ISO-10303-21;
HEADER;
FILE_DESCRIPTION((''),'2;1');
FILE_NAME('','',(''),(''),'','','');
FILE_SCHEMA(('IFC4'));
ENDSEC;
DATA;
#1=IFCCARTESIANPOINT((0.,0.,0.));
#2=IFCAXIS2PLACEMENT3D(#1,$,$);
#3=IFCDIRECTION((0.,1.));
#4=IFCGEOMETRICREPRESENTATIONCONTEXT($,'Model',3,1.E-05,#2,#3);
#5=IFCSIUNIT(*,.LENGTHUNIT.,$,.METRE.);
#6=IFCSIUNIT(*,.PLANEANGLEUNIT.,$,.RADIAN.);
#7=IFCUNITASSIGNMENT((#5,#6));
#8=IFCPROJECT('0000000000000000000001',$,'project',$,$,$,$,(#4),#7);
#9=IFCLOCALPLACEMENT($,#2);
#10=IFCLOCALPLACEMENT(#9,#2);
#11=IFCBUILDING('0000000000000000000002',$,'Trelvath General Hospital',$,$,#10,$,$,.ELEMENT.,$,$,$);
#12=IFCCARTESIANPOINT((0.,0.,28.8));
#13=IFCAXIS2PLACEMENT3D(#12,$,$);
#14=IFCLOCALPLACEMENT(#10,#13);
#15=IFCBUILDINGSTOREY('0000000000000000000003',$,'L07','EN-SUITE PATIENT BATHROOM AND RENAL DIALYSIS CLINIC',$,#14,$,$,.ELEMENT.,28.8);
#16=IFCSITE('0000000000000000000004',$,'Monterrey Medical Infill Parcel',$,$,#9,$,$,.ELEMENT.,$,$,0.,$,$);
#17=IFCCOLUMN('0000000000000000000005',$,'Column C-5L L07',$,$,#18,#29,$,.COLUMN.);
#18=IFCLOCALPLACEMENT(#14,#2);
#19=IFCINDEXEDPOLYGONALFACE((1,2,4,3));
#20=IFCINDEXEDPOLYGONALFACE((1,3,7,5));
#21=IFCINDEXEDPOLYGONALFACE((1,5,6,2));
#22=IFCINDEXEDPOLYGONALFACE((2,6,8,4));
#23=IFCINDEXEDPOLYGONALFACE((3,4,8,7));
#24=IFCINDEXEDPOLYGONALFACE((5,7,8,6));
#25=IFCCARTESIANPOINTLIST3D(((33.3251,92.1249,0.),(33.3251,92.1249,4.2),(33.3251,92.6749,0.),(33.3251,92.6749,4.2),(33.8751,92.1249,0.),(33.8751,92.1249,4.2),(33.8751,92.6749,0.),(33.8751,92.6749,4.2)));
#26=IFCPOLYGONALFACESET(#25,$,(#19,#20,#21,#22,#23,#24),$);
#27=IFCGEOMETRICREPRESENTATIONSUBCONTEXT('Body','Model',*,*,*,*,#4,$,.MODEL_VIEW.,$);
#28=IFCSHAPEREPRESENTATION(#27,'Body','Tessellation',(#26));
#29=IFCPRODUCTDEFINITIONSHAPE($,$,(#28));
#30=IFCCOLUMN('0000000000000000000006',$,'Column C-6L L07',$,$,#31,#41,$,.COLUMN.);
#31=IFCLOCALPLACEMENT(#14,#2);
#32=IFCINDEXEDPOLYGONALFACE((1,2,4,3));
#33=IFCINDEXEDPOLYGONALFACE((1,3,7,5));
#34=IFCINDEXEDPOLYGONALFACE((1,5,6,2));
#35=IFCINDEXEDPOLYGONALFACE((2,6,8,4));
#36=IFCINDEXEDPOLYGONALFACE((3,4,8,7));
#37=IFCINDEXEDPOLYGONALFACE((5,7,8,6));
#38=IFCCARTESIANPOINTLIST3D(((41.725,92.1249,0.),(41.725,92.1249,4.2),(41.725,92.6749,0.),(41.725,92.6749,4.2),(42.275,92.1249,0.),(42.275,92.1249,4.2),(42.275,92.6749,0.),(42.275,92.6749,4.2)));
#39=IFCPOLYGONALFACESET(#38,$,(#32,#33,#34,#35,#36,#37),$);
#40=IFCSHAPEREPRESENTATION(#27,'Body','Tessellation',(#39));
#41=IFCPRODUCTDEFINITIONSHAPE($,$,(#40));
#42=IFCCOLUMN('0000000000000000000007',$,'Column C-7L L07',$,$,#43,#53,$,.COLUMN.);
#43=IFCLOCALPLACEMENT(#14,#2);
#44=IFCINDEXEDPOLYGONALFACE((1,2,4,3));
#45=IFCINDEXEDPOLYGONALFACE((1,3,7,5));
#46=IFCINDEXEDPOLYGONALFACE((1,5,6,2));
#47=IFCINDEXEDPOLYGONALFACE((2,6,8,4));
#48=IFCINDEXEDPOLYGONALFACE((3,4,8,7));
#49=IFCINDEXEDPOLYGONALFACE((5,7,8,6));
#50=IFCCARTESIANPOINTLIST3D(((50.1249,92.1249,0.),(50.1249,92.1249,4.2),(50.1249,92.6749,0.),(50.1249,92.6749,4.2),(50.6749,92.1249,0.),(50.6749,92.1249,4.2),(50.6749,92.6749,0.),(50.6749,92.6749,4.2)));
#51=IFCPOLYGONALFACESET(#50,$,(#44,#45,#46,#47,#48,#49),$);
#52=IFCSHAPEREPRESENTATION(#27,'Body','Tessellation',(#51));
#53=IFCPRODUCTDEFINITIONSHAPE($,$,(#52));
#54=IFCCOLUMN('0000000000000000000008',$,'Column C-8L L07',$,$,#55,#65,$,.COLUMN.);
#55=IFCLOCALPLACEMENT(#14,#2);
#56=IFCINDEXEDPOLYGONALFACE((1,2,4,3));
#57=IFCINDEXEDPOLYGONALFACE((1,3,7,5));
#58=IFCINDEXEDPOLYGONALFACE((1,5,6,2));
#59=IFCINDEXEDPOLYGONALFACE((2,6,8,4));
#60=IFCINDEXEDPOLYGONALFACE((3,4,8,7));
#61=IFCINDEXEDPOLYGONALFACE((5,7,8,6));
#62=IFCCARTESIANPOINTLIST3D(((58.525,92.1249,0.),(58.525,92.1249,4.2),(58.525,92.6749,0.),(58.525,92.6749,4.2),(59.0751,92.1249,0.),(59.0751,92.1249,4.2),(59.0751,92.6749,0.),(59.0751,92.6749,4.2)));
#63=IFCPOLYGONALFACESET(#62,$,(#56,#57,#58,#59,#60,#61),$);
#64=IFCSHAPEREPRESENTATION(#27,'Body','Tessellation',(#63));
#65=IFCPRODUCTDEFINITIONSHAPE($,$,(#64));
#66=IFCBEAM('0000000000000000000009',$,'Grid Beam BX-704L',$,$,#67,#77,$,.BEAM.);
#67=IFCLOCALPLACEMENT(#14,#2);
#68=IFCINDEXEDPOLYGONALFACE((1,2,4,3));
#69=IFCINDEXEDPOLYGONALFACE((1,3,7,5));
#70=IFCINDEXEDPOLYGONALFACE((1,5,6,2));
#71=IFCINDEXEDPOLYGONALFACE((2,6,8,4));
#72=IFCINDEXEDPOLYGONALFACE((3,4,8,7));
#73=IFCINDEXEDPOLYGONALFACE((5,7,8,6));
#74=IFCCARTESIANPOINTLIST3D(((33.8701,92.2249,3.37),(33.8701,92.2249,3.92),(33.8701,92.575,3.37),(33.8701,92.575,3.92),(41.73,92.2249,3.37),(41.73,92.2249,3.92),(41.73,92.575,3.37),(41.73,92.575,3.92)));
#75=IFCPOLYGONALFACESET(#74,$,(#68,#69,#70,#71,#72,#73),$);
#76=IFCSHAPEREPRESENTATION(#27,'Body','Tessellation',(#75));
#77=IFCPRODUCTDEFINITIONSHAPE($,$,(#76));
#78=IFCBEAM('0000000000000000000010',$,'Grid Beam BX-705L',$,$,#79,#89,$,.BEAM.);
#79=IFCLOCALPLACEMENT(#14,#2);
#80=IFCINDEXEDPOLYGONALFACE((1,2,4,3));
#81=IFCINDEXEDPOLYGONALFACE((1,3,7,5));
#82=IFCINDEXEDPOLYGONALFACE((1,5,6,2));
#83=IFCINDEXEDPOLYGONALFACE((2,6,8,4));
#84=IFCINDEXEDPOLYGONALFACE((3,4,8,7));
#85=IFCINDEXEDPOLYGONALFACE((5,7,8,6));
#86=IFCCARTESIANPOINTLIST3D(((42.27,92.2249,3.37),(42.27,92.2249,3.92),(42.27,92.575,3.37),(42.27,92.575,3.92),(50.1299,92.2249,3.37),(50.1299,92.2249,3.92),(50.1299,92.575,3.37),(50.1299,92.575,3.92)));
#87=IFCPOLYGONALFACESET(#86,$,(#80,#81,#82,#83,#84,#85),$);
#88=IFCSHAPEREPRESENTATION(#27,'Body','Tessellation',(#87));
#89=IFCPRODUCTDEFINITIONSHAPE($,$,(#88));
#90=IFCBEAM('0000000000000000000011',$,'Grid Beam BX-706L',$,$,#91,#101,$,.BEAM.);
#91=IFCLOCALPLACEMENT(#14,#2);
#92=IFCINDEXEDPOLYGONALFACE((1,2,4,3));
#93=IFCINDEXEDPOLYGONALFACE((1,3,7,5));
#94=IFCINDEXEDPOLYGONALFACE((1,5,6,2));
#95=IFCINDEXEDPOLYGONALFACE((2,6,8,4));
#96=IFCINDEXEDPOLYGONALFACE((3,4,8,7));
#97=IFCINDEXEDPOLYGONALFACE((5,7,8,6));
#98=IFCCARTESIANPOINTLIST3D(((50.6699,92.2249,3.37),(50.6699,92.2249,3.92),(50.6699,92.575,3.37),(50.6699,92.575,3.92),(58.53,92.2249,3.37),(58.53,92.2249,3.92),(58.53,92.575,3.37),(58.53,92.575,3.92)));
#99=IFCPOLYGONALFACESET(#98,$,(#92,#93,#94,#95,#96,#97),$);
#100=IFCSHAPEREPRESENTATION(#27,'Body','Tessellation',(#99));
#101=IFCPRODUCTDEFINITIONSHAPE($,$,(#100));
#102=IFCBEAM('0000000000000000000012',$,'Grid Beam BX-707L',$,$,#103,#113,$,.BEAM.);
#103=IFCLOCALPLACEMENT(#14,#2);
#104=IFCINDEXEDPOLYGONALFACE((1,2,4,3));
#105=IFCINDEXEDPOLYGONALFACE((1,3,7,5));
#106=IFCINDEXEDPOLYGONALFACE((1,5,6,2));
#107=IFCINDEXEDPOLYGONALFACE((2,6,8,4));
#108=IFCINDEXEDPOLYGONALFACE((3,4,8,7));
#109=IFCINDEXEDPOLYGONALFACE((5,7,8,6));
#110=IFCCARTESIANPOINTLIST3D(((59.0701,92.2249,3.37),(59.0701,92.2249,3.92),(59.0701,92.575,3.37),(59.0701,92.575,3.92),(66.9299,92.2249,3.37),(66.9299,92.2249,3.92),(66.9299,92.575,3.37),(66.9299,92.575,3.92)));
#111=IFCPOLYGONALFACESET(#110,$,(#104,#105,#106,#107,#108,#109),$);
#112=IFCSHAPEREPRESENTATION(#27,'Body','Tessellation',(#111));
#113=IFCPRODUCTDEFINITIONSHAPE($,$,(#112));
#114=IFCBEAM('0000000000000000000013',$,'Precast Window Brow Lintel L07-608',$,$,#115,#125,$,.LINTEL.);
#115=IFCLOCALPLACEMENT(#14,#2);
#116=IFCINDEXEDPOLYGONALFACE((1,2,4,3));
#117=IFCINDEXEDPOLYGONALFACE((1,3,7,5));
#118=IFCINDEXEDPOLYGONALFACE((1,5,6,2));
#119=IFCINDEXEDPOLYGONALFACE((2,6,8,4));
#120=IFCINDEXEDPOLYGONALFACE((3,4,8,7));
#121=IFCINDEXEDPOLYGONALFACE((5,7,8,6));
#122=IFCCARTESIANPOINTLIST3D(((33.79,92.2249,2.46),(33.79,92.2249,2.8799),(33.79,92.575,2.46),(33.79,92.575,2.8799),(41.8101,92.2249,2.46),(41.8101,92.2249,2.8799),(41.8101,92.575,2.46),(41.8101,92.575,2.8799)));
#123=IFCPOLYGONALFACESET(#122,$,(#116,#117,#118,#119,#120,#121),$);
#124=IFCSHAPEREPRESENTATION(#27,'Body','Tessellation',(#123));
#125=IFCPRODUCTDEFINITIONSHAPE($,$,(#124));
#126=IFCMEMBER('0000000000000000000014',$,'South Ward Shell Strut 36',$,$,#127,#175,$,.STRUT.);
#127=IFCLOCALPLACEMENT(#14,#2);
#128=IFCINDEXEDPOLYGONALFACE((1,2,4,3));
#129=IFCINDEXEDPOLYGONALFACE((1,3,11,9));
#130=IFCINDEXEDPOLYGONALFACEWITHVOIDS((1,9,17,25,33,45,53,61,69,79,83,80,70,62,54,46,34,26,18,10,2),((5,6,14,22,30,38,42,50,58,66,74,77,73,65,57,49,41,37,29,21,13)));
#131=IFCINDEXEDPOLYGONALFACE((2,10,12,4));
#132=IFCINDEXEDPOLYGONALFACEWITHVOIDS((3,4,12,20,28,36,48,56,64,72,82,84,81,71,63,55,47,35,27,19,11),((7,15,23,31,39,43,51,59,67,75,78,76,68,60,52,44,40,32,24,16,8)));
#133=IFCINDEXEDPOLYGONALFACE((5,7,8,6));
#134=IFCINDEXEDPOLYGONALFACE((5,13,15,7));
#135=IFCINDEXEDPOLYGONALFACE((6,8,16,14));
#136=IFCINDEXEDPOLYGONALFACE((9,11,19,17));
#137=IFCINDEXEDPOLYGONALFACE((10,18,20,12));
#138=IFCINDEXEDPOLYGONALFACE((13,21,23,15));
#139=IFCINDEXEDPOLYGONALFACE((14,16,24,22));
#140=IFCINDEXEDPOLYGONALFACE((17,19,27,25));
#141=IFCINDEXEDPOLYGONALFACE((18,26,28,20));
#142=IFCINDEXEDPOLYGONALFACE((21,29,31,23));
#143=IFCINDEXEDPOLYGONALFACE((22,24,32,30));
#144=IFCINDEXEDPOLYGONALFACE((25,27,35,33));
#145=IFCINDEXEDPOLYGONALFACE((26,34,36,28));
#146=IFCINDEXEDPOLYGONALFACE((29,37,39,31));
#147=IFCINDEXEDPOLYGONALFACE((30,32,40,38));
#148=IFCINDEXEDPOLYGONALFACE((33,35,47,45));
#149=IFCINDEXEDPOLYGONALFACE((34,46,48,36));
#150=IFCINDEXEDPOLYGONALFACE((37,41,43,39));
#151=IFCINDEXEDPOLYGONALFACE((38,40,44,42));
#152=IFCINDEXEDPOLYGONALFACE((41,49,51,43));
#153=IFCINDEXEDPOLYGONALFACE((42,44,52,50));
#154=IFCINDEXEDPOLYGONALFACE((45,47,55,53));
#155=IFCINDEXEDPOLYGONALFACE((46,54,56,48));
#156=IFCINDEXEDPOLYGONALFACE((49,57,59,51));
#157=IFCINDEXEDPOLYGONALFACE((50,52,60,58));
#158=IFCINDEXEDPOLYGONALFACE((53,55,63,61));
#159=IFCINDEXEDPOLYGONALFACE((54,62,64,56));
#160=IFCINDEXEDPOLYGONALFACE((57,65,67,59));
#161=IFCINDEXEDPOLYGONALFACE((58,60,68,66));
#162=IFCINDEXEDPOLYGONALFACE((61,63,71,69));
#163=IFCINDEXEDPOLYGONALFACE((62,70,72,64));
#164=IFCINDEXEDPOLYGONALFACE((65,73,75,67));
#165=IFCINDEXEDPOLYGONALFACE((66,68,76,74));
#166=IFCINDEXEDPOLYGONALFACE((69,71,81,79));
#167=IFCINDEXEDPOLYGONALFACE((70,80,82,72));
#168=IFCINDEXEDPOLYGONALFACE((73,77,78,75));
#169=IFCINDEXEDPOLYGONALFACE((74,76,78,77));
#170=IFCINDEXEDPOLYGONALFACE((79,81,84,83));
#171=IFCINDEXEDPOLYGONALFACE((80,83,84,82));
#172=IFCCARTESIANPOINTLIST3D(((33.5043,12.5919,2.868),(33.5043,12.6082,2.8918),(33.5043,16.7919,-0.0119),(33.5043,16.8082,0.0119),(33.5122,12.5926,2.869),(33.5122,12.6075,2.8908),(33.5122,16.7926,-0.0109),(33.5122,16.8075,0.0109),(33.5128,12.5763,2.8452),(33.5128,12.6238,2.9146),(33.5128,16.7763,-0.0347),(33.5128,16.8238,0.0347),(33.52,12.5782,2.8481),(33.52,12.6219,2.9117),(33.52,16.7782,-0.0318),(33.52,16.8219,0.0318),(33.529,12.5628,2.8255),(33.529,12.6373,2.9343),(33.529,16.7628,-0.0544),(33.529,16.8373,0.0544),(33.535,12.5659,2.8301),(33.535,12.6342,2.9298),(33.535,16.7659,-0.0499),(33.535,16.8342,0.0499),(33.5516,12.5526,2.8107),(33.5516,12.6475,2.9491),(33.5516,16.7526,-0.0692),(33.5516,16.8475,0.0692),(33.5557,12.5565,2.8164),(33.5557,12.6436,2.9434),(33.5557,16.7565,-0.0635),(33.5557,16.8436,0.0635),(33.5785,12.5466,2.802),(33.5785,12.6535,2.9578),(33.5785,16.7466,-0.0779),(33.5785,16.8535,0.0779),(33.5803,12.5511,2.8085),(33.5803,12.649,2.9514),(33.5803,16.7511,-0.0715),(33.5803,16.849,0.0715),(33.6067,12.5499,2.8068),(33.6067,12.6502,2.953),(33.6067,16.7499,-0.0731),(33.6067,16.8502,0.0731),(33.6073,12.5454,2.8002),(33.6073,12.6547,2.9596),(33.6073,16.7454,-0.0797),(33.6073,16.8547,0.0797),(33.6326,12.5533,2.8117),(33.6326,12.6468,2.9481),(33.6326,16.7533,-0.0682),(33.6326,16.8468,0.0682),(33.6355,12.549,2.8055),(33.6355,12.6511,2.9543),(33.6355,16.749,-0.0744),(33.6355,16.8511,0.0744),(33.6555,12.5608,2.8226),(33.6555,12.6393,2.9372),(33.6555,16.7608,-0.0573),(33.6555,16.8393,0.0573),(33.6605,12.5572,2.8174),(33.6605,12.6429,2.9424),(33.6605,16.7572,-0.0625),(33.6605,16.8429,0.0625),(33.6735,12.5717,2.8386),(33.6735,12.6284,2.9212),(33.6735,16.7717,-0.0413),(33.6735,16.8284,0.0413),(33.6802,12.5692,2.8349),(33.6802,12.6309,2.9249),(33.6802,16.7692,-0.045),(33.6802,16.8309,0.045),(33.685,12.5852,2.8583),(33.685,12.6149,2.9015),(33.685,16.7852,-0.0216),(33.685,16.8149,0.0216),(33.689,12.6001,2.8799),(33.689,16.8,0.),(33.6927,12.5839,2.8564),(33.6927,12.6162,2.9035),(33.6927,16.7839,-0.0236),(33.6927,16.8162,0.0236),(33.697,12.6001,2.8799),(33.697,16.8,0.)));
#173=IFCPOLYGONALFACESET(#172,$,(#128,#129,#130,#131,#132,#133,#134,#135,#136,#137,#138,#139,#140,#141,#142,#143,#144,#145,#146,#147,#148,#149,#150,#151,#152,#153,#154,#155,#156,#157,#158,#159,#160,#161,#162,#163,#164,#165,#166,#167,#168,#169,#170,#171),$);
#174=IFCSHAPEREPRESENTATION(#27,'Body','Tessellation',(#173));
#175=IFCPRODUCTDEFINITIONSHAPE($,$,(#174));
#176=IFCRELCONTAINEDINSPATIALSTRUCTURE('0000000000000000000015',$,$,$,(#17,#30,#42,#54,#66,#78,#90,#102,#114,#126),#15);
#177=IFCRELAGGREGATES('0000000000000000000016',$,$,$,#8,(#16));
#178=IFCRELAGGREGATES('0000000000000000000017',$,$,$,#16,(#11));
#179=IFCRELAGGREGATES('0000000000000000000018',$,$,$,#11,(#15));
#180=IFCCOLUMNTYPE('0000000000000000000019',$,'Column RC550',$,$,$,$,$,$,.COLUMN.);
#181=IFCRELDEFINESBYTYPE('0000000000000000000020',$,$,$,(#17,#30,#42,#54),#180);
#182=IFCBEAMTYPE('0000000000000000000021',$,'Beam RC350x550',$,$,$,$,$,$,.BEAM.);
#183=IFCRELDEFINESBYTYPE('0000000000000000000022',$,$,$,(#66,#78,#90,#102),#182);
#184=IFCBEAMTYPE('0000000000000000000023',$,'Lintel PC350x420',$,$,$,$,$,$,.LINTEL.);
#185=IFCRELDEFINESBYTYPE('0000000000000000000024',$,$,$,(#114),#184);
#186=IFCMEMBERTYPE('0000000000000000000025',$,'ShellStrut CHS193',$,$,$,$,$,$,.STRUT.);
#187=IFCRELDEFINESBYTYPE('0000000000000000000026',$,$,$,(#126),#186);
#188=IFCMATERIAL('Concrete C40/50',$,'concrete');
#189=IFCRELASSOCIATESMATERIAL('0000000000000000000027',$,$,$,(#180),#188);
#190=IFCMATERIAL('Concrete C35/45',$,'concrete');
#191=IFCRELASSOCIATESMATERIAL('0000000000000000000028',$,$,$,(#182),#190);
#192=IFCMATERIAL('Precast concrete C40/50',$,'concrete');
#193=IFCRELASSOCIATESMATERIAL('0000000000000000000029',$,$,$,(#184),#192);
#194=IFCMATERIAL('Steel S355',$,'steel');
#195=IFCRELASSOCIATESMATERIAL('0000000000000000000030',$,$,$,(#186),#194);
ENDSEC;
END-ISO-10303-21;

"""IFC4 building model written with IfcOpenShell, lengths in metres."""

from ifc_helpers import new_model, si_unit, direction, frame, origin, origin_2d, place, context, subcontext, project, spatial, rectangle, hollow_circle, extrude, material, material_profile, profile_set, type_object, element, save


model = new_model("IFC4")

# Units and contexts
model_context = context("Model", 3, precision=1e-05, world=origin(), true_north=direction((0.0, 1.0)))
body_context = subcontext(model_context, "Body", "Model", "MODEL_VIEW")
ifc_project = project(units=[si_unit("LENGTHUNIT", "METRE"), si_unit("PLANEANGLEUNIT", "RADIAN")], contexts=[model_context])

# Site, building, storey
site_placement = place(None, origin())
site = spatial("IfcSite", under=ifc_project, at=site_placement, Name="Monterrey Medical Infill Parcel", CompositionType="ELEMENT", RefElevation=0.0)
building_placement = place(site_placement, origin())
building = spatial("IfcBuilding", under=site, at=building_placement, Name="Trelvath General Hospital", CompositionType="ELEMENT")
storey_placement = place(building_placement, frame((0.0, 0.0, 28.8)))
storey = spatial("IfcBuildingStorey", under=building, at=storey_placement, Name="L07", Description="EN-SUITE PATIENT BATHROOM AND RENAL DIALYSIS CLINIC", CompositionType="ELEMENT", Elevation=28.8)

# Columns
ifc_material_1 = material(Name="Concrete C40/50", Category="concrete")
ifc_material_profile_1 = material_profile(ifc_material_1, rectangle(XDim=0.55, YDim=0.55, at=origin_2d()), Name="RC550x550")
ifc_profile_set_1 = profile_set([ifc_material_profile_1], Name="Concrete C40/50")
column_type = type_object("IfcColumnType", Name="Column RC550", PredefinedType="COLUMN", material=ifc_profile_set_1)
for number, where, z_axis, x_axis, name in (
    (1, (33.6001, 92.3999, 0.0), (0.0, 0.0, 1.0), (1.0, 0.0, 0.0), "Column C-5L L07"),
    (2, (42.0, 92.3999, 0.0), (0.0, 0.0, 1.0), (1.0, 0.0, 0.0), "Column C-6L L07"),
    (3, (50.3999, 92.3999, 0.0), (0.0, 0.0, 1.0), (1.0, 0.0, 0.0), "Column C-7L L07"),
    (4, (58.8, 92.3999, 0.0), (0.0, 0.0, 1.0), (1.0, 0.0, 0.0), "Column C-8L L07"),
):
    element("IfcColumn", number, at=place(storey_placement, frame(where, z_axis=z_axis, x_axis=x_axis)), inside=storey, type_object=column_type, Name=name, PredefinedType="COLUMN", context=body_context, shape_type="SweptSolid", body=[
        extrude(rectangle(XDim=0.55, YDim=0.55, at=origin_2d()), origin(), (0.0, 0.0, 1.0), 4.2),
    ])

# Beams
ifc_material_2 = material(Name="Concrete C35/45", Category="concrete")
ifc_material_profile_2 = material_profile(ifc_material_2, rectangle(XDim=0.3501, YDim=0.55, at=origin_2d()), Name="RCB350x550")
ifc_profile_set_2 = profile_set([ifc_material_profile_2], Name="Concrete C35/45")
beam_type_1 = type_object("IfcBeamType", Name="Beam RC350x550", PredefinedType="BEAM", material=ifc_profile_set_2)
for number, where, z_axis, x_axis, name in (
    (5, (33.8701, 92.3999, 3.645), (1.0, 0.0, 0.0), (0.0, 1.0, 0.0), "Grid Beam BX-704L"),
    (6, (42.27, 92.3999, 3.645), (1.0, 0.0, 0.0), (0.0, 1.0, 0.0), "Grid Beam BX-705L"),
):
    element("IfcBeam", number, at=place(storey_placement, frame(where, z_axis=z_axis, x_axis=x_axis)), inside=storey, type_object=beam_type_1, Name=name, PredefinedType="BEAM", context=body_context, shape_type="SweptSolid", body=[
        extrude(rectangle(XDim=0.3501, YDim=0.55, at=origin_2d()), origin(), (0.0, 0.0, 1.0), 7.8599),
    ])
beam_1_placement = place(storey_placement, frame((50.6699, 92.3999, 3.645), z_axis=(1.0, 0.0, 0.0), x_axis=(0.0, 1.0, 0.0)))
element("IfcBeam", 7, at=beam_1_placement, inside=storey, type_object=beam_type_1, Name="Grid Beam BX-706L", PredefinedType="BEAM", context=body_context, shape_type="SweptSolid", body=[
    extrude(rectangle(XDim=0.3501, YDim=0.55, at=origin_2d()), origin(), (0.0, 0.0, 1.0), 7.8601),
])
beam_2_placement = place(storey_placement, frame((59.0701, 92.3999, 3.645), z_axis=(1.0, 0.0, 0.0), x_axis=(0.0, 1.0, 0.0)))
element("IfcBeam", 8, at=beam_2_placement, inside=storey, type_object=beam_type_1, Name="Grid Beam BX-707L", PredefinedType="BEAM", context=body_context, shape_type="SweptSolid", body=[
    extrude(rectangle(XDim=0.3501, YDim=0.55, at=origin_2d()), origin(), (0.0, 0.0, 1.0), 7.8599),
])
ifc_material_3 = material(Name="Precast concrete C40/50", Category="concrete")
ifc_material_profile_3 = material_profile(ifc_material_3, rectangle(XDim=0.3501, YDim=0.4199, at=origin_2d()), Name="PCL350x420")
ifc_profile_set_3 = profile_set([ifc_material_profile_3], Name="Precast concrete C40/50")
beam_type_2 = type_object("IfcBeamType", Name="Lintel PC350x420", PredefinedType="LINTEL", material=ifc_profile_set_3)
beam_3_placement = place(storey_placement, frame((41.8101, 92.3999, 2.6699), z_axis=(-1.0, 0.0, 0.0), x_axis=(0.0, -1.0, 0.0)))
element("IfcBeam", 9, at=beam_3_placement, inside=storey, type_object=beam_type_2, Name="Precast Window Brow Lintel L07-608", PredefinedType="LINTEL", context=body_context, shape_type="SweptSolid", body=[
    extrude(rectangle(XDim=0.3501, YDim=0.4199, at=origin_2d()), origin(), (0.0, 0.0, 1.0), 8.02),
])

# Member
ifc_material_4 = material(Name="Steel S355", Category="steel")
ifc_material_profile_4 = material_profile(ifc_material_4, hollow_circle(Radius=0.0969, WallThickness=0.0081, at=origin_2d()), Name="CHS193.7x8.0")
ifc_profile_set_4 = profile_set([ifc_material_profile_4], Name="Steel S355")
member_type = type_object("IfcMemberType", Name="ShellStrut CHS193", PredefinedType="STRUT", material=ifc_profile_set_4)
for number, where, z_axis, x_axis, name in (
    (10, (33.6001, 16.8, 0.0), (0.0, -0.824737, 0.565517), (1.0, 0.0, 0.0), "South Ward Shell Strut 36"),
):
    element("IfcMember", number, at=place(storey_placement, frame(where, z_axis=z_axis, x_axis=x_axis)), inside=storey, type_object=member_type, Name=name, PredefinedType="STRUT", context=body_context, shape_type="SweptSolid", body=[
        extrude(hollow_circle(Radius=0.0969, WallThickness=0.0081, at=origin_2d()), origin(), (0.0, 0.0, 1.0), 5.0925),
    ])

save(model, "model.ifc")
